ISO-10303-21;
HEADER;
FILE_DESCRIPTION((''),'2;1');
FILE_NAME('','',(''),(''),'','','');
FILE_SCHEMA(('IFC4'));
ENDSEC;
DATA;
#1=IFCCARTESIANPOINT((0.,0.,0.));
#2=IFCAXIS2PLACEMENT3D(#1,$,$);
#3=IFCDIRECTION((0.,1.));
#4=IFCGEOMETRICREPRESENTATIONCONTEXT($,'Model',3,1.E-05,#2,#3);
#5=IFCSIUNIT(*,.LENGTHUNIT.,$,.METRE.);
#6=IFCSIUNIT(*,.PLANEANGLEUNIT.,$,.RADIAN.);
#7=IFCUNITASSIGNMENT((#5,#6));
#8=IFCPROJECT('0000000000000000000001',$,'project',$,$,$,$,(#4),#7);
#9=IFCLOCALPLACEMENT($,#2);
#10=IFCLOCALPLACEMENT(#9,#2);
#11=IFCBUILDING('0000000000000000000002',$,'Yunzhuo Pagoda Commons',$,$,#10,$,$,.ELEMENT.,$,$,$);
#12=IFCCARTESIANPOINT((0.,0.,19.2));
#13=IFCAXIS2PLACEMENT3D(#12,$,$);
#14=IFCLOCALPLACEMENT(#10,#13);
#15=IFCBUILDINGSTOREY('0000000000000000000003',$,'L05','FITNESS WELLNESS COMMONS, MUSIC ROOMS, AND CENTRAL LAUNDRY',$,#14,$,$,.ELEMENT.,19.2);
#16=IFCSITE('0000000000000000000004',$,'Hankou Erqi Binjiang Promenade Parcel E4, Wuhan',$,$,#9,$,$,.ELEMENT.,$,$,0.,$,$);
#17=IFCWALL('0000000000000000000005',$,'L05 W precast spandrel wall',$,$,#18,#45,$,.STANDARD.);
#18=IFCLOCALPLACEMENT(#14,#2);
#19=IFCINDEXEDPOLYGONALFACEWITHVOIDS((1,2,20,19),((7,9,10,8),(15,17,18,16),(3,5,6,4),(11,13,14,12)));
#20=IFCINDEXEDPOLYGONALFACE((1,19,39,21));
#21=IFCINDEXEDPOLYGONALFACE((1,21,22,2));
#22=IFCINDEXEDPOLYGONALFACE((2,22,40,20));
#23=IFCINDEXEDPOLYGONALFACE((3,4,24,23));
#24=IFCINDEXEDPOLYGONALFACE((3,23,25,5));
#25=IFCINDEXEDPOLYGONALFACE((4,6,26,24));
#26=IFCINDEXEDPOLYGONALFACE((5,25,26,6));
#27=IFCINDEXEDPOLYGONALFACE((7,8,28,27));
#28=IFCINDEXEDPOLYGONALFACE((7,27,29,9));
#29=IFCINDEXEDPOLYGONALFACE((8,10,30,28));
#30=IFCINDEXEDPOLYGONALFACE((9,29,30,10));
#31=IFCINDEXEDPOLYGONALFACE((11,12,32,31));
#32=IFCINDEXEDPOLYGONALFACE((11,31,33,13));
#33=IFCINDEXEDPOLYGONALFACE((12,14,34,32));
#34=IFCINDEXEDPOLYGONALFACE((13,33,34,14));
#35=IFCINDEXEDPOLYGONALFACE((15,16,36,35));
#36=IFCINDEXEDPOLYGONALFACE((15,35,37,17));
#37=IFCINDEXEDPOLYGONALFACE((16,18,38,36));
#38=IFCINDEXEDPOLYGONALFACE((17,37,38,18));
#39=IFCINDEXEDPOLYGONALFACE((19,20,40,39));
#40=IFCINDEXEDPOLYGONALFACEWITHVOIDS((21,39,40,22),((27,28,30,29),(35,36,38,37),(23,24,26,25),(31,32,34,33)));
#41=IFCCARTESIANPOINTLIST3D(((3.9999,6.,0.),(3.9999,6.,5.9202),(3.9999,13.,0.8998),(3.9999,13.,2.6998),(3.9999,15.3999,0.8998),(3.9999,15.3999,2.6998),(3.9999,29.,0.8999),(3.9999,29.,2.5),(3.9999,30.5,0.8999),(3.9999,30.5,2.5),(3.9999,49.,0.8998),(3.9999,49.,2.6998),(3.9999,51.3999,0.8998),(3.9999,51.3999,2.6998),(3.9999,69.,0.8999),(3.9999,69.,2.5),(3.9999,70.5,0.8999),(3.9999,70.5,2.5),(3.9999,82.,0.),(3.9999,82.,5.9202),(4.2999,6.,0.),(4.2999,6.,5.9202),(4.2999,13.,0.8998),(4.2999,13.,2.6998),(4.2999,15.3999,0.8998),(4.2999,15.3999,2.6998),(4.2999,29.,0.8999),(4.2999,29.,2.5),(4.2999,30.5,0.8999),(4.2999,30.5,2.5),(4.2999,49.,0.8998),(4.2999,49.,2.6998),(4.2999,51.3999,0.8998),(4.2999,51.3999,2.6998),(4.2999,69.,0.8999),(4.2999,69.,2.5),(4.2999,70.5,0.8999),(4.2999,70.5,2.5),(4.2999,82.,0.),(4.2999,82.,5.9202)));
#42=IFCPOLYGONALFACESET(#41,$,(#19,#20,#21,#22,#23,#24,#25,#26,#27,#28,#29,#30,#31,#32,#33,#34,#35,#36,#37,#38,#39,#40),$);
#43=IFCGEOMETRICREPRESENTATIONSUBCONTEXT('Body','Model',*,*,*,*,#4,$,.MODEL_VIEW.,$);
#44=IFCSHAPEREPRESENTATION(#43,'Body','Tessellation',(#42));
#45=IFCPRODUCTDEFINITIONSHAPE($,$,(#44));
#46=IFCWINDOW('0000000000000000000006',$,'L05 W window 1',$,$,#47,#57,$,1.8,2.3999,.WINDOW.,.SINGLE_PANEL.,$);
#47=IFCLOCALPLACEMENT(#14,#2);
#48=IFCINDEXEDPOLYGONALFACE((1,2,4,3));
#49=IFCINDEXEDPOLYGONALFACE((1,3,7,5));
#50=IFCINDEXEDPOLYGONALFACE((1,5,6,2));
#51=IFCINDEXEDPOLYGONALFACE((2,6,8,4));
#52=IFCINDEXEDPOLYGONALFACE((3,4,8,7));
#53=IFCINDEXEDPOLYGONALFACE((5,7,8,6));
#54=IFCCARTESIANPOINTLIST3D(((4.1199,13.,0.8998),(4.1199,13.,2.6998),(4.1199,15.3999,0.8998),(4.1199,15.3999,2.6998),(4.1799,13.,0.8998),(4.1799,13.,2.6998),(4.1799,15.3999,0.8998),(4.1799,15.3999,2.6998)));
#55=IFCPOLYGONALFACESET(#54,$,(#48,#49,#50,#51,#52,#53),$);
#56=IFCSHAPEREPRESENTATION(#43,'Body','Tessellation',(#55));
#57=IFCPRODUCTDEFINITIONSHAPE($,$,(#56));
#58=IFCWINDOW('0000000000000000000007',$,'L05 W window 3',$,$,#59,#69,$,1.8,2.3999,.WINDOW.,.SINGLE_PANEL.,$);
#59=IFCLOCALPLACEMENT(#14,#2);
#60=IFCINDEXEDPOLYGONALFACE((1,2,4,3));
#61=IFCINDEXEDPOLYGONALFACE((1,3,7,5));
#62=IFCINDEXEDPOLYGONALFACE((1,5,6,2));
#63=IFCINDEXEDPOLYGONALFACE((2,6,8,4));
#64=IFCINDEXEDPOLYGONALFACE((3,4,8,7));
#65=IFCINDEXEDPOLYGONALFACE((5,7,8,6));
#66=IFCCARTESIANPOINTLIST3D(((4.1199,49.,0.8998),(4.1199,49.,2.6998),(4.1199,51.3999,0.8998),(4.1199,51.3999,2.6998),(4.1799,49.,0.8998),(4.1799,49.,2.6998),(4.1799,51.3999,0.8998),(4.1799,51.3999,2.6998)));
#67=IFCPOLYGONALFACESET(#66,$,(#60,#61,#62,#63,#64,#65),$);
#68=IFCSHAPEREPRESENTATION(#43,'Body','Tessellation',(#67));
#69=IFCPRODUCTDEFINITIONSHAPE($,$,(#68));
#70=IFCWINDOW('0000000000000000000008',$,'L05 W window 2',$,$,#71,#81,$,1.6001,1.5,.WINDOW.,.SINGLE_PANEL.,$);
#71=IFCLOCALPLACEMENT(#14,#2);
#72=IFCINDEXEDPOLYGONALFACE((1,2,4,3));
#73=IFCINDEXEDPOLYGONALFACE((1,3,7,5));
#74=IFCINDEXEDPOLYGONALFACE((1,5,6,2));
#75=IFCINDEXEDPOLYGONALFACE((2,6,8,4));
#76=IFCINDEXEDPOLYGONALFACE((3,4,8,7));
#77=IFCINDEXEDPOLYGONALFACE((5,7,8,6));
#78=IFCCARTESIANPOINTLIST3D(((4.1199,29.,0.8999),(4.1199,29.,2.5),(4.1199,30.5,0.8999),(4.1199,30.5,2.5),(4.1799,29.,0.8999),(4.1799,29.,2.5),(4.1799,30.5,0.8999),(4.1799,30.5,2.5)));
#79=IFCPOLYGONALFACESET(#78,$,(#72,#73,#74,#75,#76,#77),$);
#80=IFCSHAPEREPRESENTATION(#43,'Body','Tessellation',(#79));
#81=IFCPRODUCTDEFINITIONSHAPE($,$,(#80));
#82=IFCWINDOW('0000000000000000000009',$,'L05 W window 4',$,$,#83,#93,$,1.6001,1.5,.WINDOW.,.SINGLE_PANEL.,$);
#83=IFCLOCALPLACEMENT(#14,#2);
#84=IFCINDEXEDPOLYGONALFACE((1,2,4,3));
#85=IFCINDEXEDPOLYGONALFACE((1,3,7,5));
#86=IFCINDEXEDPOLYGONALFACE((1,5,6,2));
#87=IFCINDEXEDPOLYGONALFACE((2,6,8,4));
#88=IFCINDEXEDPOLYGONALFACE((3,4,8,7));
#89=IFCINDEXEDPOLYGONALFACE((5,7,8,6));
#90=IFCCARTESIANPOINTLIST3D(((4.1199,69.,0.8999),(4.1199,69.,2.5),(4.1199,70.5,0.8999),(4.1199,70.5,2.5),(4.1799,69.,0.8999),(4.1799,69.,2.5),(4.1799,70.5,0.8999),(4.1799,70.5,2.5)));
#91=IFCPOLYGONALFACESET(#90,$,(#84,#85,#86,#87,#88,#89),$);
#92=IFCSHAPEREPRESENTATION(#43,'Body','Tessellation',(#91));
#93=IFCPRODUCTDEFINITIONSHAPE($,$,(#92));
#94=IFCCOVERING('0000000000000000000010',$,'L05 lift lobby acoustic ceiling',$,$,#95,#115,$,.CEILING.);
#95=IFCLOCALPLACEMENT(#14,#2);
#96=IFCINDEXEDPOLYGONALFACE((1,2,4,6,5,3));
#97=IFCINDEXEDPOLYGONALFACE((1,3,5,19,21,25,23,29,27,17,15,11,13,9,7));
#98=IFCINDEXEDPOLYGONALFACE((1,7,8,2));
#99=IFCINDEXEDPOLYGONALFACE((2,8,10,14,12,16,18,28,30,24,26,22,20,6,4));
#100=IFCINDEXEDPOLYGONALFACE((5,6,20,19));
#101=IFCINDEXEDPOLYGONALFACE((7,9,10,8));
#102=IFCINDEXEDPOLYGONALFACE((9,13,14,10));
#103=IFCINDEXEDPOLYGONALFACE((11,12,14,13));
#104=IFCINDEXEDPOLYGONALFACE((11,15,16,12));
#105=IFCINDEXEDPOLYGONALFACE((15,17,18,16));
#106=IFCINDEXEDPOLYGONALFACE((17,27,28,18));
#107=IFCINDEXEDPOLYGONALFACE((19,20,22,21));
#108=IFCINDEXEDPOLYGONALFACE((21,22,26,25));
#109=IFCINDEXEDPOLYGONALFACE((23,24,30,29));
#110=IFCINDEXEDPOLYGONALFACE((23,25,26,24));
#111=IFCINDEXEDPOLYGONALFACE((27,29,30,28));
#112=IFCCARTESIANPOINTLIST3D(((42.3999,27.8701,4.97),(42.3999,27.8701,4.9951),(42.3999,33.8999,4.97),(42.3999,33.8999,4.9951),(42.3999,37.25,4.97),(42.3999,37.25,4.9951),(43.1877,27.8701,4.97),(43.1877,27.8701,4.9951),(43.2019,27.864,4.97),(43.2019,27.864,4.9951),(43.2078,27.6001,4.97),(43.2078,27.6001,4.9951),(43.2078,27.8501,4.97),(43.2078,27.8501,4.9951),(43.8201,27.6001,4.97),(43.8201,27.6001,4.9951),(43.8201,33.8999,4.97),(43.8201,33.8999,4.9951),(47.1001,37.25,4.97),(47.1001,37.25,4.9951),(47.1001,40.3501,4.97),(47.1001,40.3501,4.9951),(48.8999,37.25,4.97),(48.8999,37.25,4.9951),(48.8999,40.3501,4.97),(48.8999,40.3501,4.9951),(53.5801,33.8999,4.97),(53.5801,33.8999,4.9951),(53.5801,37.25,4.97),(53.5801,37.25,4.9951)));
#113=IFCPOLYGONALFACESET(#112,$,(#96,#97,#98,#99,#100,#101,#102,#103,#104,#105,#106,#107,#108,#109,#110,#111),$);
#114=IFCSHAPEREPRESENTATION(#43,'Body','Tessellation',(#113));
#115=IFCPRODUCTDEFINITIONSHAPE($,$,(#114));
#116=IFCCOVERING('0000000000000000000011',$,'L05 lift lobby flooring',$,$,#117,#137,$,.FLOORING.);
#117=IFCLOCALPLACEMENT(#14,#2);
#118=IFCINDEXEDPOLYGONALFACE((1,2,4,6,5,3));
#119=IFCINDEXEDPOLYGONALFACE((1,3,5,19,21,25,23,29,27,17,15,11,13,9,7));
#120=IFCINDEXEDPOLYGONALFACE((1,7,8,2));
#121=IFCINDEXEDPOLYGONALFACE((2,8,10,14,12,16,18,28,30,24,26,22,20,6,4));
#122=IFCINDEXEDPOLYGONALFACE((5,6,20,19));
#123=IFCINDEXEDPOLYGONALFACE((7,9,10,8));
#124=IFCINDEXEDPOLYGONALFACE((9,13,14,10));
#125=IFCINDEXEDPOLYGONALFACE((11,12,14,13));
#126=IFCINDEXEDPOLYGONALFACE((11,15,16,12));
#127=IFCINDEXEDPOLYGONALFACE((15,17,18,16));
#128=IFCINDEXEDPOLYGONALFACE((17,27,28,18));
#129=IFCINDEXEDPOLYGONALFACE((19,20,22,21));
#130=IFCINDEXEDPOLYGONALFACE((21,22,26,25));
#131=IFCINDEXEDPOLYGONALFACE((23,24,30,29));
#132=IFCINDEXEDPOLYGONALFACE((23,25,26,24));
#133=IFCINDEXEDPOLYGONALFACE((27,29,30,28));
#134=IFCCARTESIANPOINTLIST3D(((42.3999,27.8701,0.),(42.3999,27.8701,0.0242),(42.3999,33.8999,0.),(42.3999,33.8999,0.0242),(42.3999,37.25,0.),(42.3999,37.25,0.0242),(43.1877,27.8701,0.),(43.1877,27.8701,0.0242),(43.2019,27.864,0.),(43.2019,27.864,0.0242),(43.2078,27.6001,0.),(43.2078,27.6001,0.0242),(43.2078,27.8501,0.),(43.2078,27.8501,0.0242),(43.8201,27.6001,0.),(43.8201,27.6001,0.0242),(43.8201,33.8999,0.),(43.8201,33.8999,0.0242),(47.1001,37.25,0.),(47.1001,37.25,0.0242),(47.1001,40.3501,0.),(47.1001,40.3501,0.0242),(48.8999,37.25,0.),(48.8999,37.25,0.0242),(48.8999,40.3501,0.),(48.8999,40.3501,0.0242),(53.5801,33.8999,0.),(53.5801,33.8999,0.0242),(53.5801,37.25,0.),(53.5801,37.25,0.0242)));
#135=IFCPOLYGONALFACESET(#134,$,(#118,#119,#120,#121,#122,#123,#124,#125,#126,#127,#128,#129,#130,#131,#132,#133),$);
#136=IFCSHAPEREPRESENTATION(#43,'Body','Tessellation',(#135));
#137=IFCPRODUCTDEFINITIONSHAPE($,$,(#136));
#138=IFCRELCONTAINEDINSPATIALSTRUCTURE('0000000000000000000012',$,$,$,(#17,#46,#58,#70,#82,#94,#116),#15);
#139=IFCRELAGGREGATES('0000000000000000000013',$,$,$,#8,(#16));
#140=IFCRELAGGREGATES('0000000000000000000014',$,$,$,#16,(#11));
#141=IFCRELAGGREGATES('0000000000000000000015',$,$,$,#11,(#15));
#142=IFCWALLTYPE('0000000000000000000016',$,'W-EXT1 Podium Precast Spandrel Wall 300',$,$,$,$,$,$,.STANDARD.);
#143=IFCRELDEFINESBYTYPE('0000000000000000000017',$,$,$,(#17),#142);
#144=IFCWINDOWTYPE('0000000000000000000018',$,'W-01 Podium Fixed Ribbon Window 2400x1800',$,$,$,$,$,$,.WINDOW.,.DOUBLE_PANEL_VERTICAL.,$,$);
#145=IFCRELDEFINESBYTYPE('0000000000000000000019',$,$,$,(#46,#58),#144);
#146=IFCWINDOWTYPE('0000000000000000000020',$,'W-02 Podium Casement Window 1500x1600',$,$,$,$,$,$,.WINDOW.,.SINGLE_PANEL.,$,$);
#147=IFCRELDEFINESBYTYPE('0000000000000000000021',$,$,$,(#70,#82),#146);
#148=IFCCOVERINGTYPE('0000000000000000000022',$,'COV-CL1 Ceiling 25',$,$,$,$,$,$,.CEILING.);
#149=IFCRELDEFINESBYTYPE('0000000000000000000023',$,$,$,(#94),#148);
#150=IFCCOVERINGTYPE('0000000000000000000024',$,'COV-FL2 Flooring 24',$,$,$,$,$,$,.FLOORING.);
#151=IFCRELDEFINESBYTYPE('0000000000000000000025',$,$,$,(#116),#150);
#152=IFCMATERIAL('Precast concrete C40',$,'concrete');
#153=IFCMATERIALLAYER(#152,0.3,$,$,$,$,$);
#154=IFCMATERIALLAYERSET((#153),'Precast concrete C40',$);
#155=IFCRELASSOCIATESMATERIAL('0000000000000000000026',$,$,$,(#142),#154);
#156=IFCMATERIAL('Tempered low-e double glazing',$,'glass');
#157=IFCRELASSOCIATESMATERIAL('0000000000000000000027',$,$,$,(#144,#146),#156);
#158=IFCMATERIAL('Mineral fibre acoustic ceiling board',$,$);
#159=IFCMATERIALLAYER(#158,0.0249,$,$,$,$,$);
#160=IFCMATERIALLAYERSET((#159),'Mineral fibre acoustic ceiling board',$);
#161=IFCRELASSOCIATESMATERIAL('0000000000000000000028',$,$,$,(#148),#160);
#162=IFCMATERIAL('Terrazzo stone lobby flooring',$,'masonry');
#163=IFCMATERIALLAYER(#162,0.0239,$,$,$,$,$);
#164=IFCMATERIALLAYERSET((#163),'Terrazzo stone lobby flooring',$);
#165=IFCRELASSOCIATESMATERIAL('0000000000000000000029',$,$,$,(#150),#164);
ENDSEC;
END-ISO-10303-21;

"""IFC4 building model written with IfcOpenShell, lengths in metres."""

from ifc_helpers import new_model, si_unit, direction, frame, frame_2d, origin, origin_with_axes, place, context, subcontext, project, spatial, polyline, rectangle, outline, extrude, source, transform, mapped, material, layer, layer_set, type_object, element, fill, save


model = new_model("IFC4")

# Units and contexts
model_context = context("Model", 3, precision=1e-05, world=origin(), true_north=direction((0.0, 1.0)))
body_context = subcontext(model_context, "Body", "Model", "MODEL_VIEW")
ifc_project = project(units=[si_unit("LENGTHUNIT", "METRE"), si_unit("PLANEANGLEUNIT", "RADIAN")], contexts=[model_context])

# Site, building, storey
site_placement = place(None, origin())
site = spatial("IfcSite", under=ifc_project, at=site_placement, Name="Hankou Erqi Binjiang Promenade Parcel E4, Wuhan", CompositionType="ELEMENT", RefElevation=0.0)
building_placement = place(site_placement, origin())
building = spatial("IfcBuilding", under=site, at=building_placement, Name="Yunzhuo Pagoda Commons", CompositionType="ELEMENT")
storey_placement = place(building_placement, frame((0.0, 0.0, 19.2)))
storey = spatial("IfcBuildingStorey", under=building, at=storey_placement, Name="L05", Description="FITNESS WELLNESS COMMONS, MUSIC ROOMS, AND CENTRAL LAUNDRY", CompositionType="ELEMENT", Elevation=19.2)

# Shared definitions
ifc_material_1 = material(Name="Tempered low-e double glazing", Category="glass")

# Wall, openings, windows
ifc_material_2 = material(Name="Precast concrete C40", Category="concrete")
ifc_layer_1 = layer(ifc_material_2, 0.3)
ifc_layer_set_1 = layer_set([ifc_layer_1], Name="Precast concrete C40")
wall_type = type_object("IfcWallType", Name="W-EXT1 Podium Precast Spandrel Wall 300", PredefinedType="STANDARD", material=ifc_layer_set_1)
wall_placement = place(storey_placement, frame((4.1499, 6.0, 0.0), z_axis=(0.0, 0.0, 1.0), x_axis=(0.0, 1.0, 0.0)))
wall = element("IfcWall", 1, at=wall_placement, inside=storey, type_object=wall_type, Name="L05 W precast spandrel wall", PredefinedType="STANDARD", context=body_context, shape_type="SweptSolid", body=[
    extrude(rectangle(XDim=76.0, YDim=0.3, at=frame_2d((38.0, 0.0))), origin(), (0.0, 0.0, 1.0), 5.9202),
])
opening_1_placement = place(wall_placement, frame((7.0, 0.0, 0.8999)))
opening_1 = element("IfcOpeningElement", 2, at=opening_1_placement, cuts=wall, PredefinedType="OPENING", context=body_context, shape_type="SweptSolid", body=[
    extrude(rectangle(XDim=2.3999, YDim=1.8, at=frame_2d((1.2, 0.8999))), frame((0.0, 0.1602, 0.0), z_axis=(0.0, -1.0, 0.0), x_axis=(1.0, 0.0, 0.0)), (0.0, 0.0, 1.0), 0.3201),
])
opening_2_placement = place(wall_placement, frame((23.0, 0.0, 0.8999)))
opening_2 = element("IfcOpeningElement", 3, at=opening_2_placement, cuts=wall, PredefinedType="OPENING", context=body_context, shape_type="SweptSolid", body=[
    extrude(rectangle(XDim=1.5, YDim=1.6001, at=frame_2d((0.75, 0.8))), frame((0.0, 0.1602, 0.0), z_axis=(0.0, -1.0, 0.0), x_axis=(1.0, 0.0, 0.0)), (0.0, 0.0, 1.0), 0.3201),
])
opening_3_placement = place(wall_placement, frame((43.0, 0.0, 0.8999)))
opening_3 = element("IfcOpeningElement", 4, at=opening_3_placement, cuts=wall, PredefinedType="OPENING", context=body_context, shape_type="SweptSolid", body=[
    extrude(rectangle(XDim=2.3999, YDim=1.8, at=frame_2d((1.2, 0.8999))), frame((0.0, 0.1602, 0.0), z_axis=(0.0, -1.0, 0.0), x_axis=(1.0, 0.0, 0.0)), (0.0, 0.0, 1.0), 0.3201),
])
opening_4_placement = place(wall_placement, frame((63.0, 0.0, 0.8999)))
opening_4 = element("IfcOpeningElement", 5, at=opening_4_placement, cuts=wall, PredefinedType="OPENING", context=body_context, shape_type="SweptSolid", body=[
    extrude(rectangle(XDim=1.5, YDim=1.6001, at=frame_2d((0.75, 0.8))), frame((0.0, 0.1602, 0.0), z_axis=(0.0, -1.0, 0.0), x_axis=(1.0, 0.0, 0.0)), (0.0, 0.0, 1.0), 0.3201),
])
window_type_1 = type_object("IfcWindowType", Name="W-01 Podium Fixed Ribbon Window 2400x1800", PartitioningType="DOUBLE_PANEL_VERTICAL", PredefinedType="WINDOW", material=ifc_material_1)
shared_shape_1 = source(origin(), body_context, "Body", "SweptSolid", [
    extrude(rectangle(XDim=2.3999, YDim=1.8, at=frame_2d((1.2, 0.8999))), frame((0.0, 0.03, 0.0), z_axis=(0.0, -1.0, 0.0), x_axis=(1.0, 0.0, 0.0)), (0.0, 0.0, 1.0), 0.0601),
])
window_1_placement = place(opening_1_placement, origin_with_axes())
window_1 = element("IfcWindow", 6, at=window_1_placement, inside=storey, type_object=window_type_1, Name="L05 W window 1", OverallHeight=1.8, OverallWidth=2.3999, PartitioningType="SINGLE_PANEL", PredefinedType="WINDOW", context=body_context, shape_type="MappedRepresentation", body=[
    mapped(shared_shape_1, transform((0.0, 0.0, 0.0), scale=1.0)),
])
fill(opening_1, window_1)
window_2_placement = place(opening_3_placement, origin_with_axes())
window_2 = element("IfcWindow", 7, at=window_2_placement, inside=storey, type_object=window_type_1, Name="L05 W window 3", OverallHeight=1.8, OverallWidth=2.3999, PartitioningType="SINGLE_PANEL", PredefinedType="WINDOW", context=body_context, shape_type="MappedRepresentation", body=[
    mapped(shared_shape_1, transform((0.0, 0.0, 0.0), scale=1.0)),
])
fill(opening_3, window_2)
window_type_2 = type_object("IfcWindowType", Name="W-02 Podium Casement Window 1500x1600", PartitioningType="SINGLE_PANEL", PredefinedType="WINDOW", material=ifc_material_1)
shared_shape_2 = source(origin(), body_context, "Body", "SweptSolid", [
    extrude(rectangle(XDim=1.5, YDim=1.6001, at=frame_2d((0.75, 0.8))), frame((0.0, 0.03, 0.0), z_axis=(0.0, -1.0, 0.0), x_axis=(1.0, 0.0, 0.0)), (0.0, 0.0, 1.0), 0.0601),
])
window_3_placement = place(opening_2_placement, origin_with_axes())
window_3 = element("IfcWindow", 8, at=window_3_placement, inside=storey, type_object=window_type_2, Name="L05 W window 2", OverallHeight=1.6001, OverallWidth=1.5, PartitioningType="SINGLE_PANEL", PredefinedType="WINDOW", context=body_context, shape_type="MappedRepresentation", body=[
    mapped(shared_shape_2, transform((0.0, 0.0, 0.0), scale=1.0)),
])
fill(opening_2, window_3)
window_4_placement = place(opening_4_placement, origin_with_axes())
window_4 = element("IfcWindow", 9, at=window_4_placement, inside=storey, type_object=window_type_2, Name="L05 W window 4", OverallHeight=1.6001, OverallWidth=1.5, PartitioningType="SINGLE_PANEL", PredefinedType="WINDOW", context=body_context, shape_type="MappedRepresentation", body=[
    mapped(shared_shape_2, transform((0.0, 0.0, 0.0), scale=1.0)),
])
fill(opening_4, window_4)

# Coverings
ifc_material_3 = material(Name="Mineral fibre acoustic ceiling board")
ifc_layer_2 = layer(ifc_material_3, 0.0249)
ifc_layer_set_2 = layer_set([ifc_layer_2], Name="Mineral fibre acoustic ceiling board")
covering_type_1 = type_object("IfcCoveringType", Name="COV-CL1 Ceiling 25", PredefinedType="CEILING", material=ifc_layer_set_2)
covering_1_placement = place(storey_placement, frame((0.0, 0.0, 4.97)))
element("IfcCovering", 10, at=covering_1_placement, inside=storey, type_object=covering_type_1, Name="L05 lift lobby acoustic ceiling", PredefinedType="CEILING", context=body_context, shape_type="SweptSolid", body=[
    extrude(outline(polyline([(43.2078, 27.8501), (43.2019, 27.864), (43.1877, 27.8701), (42.3999, 27.8701), (42.3999, 33.8999), (42.3999, 37.25), (47.1001, 37.25), (47.1001, 40.3501), (48.8999, 40.3501), (48.8999, 37.25), (53.5801, 37.25), (53.5801, 33.8999), (43.8201, 33.8999), (43.8201, 27.6001), (43.2078, 27.6001), (43.2078, 27.8501)])), origin(), (0.0, 0.0, 1.0), 0.0251),
])
ifc_material_4 = material(Name="Terrazzo stone lobby flooring", Category="masonry")
ifc_layer_3 = layer(ifc_material_4, 0.0239)
ifc_layer_set_3 = layer_set([ifc_layer_3], Name="Terrazzo stone lobby flooring")
covering_type_2 = type_object("IfcCoveringType", Name="COV-FL2 Flooring 24", PredefinedType="FLOORING", material=ifc_layer_set_3)
covering_2_placement = place(storey_placement, origin())
element("IfcCovering", 11, at=covering_2_placement, inside=storey, type_object=covering_type_2, Name="L05 lift lobby flooring", PredefinedType="FLOORING", context=body_context, shape_type="SweptSolid", body=[
    extrude(outline(polyline([(43.2078, 27.8501), (43.2019, 27.864), (43.1877, 27.8701), (42.3999, 27.8701), (42.3999, 33.8999), (42.3999, 37.25), (47.1001, 37.25), (47.1001, 40.3501), (48.8999, 40.3501), (48.8999, 37.25), (53.5801, 37.25), (53.5801, 33.8999), (43.8201, 33.8999), (43.8201, 27.6001), (43.2078, 27.6001), (43.2078, 27.8501)])), origin(), (0.0, 0.0, 1.0), 0.0242),
])

save(model, "model.ifc")
